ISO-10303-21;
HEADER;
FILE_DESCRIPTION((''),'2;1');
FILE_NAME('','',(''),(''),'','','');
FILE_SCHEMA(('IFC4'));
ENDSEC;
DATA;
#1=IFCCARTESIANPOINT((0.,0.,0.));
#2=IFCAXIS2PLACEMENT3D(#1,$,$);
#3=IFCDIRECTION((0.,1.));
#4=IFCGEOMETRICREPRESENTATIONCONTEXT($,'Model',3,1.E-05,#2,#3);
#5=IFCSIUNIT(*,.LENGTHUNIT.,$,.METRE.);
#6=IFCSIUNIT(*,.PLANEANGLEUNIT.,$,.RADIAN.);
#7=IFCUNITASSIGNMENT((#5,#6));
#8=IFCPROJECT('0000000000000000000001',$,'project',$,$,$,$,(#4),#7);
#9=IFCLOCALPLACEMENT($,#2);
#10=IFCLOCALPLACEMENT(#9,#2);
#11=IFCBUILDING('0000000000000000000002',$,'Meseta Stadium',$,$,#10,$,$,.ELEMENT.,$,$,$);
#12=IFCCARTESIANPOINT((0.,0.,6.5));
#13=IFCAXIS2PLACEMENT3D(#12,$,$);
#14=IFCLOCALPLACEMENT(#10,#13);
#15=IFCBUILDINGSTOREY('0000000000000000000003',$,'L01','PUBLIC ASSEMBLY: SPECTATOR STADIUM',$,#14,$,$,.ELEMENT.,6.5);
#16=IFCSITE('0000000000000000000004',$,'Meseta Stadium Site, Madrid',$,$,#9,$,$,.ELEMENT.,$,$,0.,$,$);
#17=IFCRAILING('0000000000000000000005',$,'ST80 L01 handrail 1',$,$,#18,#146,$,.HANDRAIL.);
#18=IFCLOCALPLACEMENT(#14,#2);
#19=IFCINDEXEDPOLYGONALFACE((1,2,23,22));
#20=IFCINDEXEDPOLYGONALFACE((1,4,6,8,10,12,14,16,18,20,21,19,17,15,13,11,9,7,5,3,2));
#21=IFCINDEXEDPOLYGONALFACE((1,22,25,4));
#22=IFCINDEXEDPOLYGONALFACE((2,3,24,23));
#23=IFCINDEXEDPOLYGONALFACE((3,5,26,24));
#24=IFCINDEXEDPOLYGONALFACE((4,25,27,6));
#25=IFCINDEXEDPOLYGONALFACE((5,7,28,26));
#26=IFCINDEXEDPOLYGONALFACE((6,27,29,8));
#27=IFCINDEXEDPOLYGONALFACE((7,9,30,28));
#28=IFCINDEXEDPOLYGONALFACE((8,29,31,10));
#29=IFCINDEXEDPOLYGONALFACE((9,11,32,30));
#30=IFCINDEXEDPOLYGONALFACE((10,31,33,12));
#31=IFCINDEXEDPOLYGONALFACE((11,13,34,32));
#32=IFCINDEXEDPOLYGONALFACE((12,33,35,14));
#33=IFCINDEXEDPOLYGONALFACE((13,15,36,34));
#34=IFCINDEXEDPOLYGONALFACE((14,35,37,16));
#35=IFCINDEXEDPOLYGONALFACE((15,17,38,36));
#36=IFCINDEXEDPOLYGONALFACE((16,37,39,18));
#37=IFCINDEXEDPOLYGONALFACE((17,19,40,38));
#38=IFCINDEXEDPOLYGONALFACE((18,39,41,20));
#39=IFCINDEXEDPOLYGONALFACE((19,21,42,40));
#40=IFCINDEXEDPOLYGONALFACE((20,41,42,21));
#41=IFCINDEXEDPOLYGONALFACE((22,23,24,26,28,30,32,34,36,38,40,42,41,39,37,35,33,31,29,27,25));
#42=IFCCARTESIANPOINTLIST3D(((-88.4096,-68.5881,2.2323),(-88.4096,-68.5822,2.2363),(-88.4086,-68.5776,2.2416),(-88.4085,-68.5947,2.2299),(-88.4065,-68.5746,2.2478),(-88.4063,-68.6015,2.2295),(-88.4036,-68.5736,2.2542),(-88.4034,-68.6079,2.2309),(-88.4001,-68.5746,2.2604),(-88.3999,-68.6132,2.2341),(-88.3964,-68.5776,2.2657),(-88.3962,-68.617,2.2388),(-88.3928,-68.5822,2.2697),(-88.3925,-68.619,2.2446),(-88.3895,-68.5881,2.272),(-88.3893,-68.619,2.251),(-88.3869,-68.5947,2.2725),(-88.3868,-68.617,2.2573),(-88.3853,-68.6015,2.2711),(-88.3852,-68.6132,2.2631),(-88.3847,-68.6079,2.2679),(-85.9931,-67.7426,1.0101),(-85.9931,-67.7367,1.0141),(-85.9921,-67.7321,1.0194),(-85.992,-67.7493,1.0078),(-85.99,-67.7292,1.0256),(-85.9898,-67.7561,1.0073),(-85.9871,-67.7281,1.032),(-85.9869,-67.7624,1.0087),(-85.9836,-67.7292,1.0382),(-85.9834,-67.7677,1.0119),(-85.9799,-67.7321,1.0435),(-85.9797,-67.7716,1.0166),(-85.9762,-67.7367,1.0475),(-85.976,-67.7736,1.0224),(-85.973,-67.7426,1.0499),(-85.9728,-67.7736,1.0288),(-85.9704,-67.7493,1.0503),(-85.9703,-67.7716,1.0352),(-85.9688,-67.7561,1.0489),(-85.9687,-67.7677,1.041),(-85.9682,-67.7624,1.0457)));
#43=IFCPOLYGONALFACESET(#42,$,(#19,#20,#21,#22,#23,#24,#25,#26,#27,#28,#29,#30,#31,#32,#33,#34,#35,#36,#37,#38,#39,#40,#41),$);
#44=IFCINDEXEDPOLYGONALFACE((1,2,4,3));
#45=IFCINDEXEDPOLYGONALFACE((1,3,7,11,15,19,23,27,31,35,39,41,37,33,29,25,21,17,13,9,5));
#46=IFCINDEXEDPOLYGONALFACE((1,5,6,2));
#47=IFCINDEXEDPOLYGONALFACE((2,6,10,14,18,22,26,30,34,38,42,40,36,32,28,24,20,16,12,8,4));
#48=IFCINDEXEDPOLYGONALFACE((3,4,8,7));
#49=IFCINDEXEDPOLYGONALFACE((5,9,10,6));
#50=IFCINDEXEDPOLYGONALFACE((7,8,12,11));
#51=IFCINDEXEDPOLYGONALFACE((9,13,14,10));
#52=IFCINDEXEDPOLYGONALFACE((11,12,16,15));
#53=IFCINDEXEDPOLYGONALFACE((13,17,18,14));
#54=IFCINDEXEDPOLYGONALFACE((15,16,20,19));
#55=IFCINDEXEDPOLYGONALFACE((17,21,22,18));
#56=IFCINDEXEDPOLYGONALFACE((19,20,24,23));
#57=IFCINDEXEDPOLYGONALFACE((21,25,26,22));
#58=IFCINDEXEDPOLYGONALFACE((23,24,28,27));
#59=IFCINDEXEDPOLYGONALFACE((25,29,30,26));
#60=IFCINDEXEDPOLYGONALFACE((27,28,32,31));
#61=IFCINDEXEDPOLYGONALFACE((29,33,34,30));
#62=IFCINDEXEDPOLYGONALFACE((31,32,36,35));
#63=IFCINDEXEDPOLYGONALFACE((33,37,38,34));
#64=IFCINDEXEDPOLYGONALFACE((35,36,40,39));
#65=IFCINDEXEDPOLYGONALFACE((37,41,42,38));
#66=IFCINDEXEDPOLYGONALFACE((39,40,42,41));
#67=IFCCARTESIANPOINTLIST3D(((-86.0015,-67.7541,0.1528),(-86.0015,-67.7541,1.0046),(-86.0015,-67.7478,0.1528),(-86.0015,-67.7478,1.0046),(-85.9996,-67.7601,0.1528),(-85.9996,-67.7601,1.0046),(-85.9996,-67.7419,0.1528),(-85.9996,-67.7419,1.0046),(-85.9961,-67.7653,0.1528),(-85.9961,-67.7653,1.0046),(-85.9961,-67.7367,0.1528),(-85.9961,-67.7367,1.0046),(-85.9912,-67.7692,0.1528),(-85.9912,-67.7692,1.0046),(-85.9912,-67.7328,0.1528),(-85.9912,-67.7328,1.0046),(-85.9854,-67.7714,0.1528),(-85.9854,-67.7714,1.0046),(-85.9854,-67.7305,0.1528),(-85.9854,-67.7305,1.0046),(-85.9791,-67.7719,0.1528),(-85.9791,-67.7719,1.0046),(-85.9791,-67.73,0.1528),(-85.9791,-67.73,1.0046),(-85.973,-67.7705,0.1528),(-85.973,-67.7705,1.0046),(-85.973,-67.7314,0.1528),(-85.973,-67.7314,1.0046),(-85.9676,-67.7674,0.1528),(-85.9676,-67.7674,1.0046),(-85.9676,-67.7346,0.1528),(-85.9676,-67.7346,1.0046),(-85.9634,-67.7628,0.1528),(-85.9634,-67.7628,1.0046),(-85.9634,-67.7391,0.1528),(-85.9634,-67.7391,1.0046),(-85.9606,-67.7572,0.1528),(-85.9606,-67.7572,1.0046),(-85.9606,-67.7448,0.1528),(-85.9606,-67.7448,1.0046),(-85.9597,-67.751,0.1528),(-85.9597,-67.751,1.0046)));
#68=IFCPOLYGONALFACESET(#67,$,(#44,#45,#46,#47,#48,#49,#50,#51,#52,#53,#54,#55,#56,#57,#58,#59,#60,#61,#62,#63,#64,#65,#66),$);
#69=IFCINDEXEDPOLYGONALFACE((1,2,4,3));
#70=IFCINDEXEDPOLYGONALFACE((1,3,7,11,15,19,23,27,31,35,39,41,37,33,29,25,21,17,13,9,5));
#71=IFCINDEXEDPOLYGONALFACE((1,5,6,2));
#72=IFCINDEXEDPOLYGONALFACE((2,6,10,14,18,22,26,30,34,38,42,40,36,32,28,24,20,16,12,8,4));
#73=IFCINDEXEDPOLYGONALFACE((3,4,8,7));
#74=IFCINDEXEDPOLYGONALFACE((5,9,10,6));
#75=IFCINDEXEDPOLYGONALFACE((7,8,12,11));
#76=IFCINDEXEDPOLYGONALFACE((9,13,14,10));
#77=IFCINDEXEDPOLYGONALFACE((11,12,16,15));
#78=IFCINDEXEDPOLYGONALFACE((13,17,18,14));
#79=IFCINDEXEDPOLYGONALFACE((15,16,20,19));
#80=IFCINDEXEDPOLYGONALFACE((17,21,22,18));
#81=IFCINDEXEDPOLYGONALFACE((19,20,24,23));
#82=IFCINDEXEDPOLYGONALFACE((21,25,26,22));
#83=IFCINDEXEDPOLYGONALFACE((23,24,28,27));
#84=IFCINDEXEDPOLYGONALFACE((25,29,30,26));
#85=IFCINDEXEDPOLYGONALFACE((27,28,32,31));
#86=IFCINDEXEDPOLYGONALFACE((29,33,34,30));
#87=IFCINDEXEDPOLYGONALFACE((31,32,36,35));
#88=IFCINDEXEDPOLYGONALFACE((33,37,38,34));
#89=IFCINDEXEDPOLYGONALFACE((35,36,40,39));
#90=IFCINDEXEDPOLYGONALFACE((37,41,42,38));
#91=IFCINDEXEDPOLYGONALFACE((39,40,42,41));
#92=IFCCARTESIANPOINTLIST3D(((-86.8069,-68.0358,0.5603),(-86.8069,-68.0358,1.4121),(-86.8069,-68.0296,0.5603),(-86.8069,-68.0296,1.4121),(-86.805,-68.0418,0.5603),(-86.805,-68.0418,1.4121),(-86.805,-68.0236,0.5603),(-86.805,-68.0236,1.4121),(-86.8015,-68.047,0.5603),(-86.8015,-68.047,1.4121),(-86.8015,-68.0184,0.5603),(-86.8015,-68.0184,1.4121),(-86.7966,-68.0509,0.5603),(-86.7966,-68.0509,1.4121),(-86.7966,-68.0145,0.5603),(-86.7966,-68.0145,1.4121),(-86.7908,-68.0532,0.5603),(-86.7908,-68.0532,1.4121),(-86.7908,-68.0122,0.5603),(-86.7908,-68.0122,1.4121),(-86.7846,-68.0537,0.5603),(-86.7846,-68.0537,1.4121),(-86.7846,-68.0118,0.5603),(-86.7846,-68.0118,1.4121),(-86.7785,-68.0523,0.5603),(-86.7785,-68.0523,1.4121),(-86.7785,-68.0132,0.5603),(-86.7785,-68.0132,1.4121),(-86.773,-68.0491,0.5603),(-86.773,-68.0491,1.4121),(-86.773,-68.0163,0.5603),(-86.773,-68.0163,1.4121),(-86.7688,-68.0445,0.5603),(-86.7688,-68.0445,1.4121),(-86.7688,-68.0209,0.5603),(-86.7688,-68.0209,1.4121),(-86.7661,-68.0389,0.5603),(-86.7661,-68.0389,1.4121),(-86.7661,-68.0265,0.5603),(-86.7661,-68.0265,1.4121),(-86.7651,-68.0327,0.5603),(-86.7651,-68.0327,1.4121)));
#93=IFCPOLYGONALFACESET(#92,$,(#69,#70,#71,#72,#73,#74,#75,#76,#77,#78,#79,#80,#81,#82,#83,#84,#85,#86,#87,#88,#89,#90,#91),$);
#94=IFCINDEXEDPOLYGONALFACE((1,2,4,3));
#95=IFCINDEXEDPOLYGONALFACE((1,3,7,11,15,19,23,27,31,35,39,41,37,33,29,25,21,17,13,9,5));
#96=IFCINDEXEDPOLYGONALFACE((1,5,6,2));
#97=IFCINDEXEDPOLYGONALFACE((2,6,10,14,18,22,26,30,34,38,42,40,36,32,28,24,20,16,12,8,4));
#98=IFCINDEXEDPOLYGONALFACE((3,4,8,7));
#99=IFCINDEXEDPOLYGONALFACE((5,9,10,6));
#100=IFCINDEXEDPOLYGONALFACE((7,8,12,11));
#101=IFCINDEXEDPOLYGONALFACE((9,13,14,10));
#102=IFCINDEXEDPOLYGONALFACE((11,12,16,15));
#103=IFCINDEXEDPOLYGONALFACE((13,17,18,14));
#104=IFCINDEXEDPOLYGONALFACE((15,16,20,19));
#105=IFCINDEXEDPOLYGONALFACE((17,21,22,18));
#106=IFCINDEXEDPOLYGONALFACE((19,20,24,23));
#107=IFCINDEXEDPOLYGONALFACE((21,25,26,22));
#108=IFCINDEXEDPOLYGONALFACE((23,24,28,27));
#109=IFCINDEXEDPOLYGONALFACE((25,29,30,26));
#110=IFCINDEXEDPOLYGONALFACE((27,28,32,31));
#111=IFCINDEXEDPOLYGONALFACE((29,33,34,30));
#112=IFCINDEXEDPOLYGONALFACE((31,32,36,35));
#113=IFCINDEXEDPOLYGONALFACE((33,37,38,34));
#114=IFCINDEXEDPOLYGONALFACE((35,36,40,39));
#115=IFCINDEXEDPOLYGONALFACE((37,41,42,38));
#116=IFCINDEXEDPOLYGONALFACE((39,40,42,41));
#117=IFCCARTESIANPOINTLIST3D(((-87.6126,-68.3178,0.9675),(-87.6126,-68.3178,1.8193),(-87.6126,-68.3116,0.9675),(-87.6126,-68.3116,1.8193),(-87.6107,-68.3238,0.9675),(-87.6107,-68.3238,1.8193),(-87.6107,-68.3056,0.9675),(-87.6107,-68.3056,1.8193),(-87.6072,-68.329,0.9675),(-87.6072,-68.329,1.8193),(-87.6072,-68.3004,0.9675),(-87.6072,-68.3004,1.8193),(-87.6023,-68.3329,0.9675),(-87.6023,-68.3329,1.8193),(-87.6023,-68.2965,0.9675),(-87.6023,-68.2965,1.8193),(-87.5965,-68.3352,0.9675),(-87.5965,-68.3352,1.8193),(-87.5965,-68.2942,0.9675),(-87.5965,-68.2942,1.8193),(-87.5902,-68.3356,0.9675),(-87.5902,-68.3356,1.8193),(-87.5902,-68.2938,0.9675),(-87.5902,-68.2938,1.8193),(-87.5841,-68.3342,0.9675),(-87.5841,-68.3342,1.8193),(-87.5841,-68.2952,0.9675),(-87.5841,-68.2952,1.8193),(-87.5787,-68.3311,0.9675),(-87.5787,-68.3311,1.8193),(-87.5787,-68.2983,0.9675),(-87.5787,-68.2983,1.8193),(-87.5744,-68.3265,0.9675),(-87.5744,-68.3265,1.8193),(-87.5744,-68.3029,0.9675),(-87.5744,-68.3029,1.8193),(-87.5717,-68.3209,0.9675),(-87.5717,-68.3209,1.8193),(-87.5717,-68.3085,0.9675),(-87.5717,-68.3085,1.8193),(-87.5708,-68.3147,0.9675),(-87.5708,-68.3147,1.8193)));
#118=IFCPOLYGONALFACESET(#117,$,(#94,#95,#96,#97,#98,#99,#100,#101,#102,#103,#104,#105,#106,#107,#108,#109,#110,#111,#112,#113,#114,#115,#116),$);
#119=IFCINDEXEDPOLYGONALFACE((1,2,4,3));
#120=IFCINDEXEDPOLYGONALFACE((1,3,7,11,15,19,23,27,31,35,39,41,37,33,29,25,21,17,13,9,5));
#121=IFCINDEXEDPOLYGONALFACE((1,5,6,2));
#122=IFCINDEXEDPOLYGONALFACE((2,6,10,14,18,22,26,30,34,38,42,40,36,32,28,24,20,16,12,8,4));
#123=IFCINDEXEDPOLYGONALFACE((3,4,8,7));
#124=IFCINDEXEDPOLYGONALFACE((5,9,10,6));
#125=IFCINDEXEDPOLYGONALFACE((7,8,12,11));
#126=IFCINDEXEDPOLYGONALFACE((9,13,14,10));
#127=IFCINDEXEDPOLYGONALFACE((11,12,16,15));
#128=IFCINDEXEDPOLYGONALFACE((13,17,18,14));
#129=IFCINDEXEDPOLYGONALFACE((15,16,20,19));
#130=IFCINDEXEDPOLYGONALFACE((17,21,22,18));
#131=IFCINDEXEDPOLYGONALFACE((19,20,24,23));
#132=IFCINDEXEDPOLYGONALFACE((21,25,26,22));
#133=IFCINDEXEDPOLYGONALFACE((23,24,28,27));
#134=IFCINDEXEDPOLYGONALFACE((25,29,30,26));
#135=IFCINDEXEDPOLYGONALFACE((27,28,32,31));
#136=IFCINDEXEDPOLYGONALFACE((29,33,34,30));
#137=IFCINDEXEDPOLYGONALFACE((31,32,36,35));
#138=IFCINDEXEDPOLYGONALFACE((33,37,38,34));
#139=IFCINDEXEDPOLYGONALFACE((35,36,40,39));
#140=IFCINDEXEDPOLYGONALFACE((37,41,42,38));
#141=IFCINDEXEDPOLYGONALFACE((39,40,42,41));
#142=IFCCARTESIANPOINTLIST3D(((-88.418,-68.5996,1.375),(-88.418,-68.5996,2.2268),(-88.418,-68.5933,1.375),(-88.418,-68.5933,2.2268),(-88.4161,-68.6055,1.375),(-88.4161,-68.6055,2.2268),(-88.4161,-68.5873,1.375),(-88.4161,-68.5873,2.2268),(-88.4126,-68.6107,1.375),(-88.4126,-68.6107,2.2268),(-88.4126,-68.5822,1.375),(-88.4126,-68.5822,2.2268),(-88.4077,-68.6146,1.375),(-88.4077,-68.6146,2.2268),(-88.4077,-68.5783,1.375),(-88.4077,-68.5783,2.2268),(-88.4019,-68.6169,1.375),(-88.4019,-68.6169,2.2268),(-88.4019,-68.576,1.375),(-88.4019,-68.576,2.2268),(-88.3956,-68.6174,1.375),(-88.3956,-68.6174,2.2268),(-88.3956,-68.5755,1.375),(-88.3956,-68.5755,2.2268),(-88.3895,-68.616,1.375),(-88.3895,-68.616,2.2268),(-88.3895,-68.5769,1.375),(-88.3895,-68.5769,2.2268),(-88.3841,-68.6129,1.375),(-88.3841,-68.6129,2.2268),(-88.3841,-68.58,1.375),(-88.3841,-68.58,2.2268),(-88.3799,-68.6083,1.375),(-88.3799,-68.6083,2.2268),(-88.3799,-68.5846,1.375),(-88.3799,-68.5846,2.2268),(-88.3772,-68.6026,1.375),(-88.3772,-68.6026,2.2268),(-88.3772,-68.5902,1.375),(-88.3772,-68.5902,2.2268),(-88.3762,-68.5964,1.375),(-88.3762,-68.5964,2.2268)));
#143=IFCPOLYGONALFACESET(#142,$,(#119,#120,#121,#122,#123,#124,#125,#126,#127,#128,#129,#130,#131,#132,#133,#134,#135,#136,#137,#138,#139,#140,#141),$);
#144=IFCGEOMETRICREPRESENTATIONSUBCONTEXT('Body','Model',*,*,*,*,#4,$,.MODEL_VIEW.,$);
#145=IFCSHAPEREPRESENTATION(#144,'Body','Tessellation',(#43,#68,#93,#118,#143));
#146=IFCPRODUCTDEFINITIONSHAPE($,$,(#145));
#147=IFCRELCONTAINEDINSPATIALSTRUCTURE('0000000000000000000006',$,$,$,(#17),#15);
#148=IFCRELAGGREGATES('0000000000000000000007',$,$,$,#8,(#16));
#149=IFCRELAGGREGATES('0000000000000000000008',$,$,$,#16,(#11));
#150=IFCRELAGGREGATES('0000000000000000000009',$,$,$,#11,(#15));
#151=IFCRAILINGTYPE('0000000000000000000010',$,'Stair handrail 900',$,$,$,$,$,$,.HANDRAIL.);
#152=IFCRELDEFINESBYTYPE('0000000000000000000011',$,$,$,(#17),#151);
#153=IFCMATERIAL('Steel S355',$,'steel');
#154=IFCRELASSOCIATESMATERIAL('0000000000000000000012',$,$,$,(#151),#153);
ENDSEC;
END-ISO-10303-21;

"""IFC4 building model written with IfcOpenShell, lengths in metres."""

from ifc_helpers import new_model, si_unit, direction, frame, origin, origin_2d, place, context, subcontext, project, spatial, circle, extrude, material, type_object, element, save


model = new_model("IFC4")

# Units and contexts
model_context = context("Model", 3, precision=1e-05, world=origin(), true_north=direction((0.0, 1.0)))
body_context = subcontext(model_context, "Body", "Model", "MODEL_VIEW")
ifc_project = project(units=[si_unit("LENGTHUNIT", "METRE"), si_unit("PLANEANGLEUNIT", "RADIAN")], contexts=[model_context])

# Site, building, storey
site_placement = place(None, origin())
site = spatial("IfcSite", under=ifc_project, at=site_placement, Name="Meseta Stadium Site, Madrid", CompositionType="ELEMENT", RefElevation=0.0)
building_placement = place(site_placement, origin())
building = spatial("IfcBuilding", under=site, at=building_placement, Name="Meseta Stadium", CompositionType="ELEMENT")
storey_placement = place(building_placement, frame((0.0, 0.0, 6.5)))
storey = spatial("IfcBuildingStorey", under=building, at=storey_placement, Name="L01", Description="PUBLIC ASSEMBLY: SPECTATOR STADIUM", CompositionType="ELEMENT", Elevation=6.5)

# Railing
ifc_material_1 = material(Name="Steel S355", Category="steel")
railing_type_1 = type_object("IfcRailingType", Name="Stair handrail 900", PredefinedType="HANDRAIL", material=ifc_material_1)
railing_1_placement = place(storey_placement, frame((-85.9807, -67.751, 0.1528)))
element("IfcRailing", 1, at=railing_1_placement, inside=storey, type_object=railing_type_1, Name="ST80 L01 handrail 1", PredefinedType="HANDRAIL", context=body_context, shape_type="SweptSolid", body=[
    extrude(circle(Radius=0.0239, at=origin_2d()), frame((0.0, 0.0, 0.876), z_axis=(-0.851812, -0.298022, 0.430811), x_axis=(0.33024, -0.943897, 0.0)), (0.0, 0.0, 1.0), 2.8369),
    extrude(circle(Radius=0.021, at=origin_2d()), origin(), (0.0, 0.0, 1.0), 0.8518),
    extrude(circle(Radius=0.021, at=origin_2d()), frame((-0.8054, -0.2817, 0.4075)), (0.0, 0.0, 1.0), 0.8518),
    extrude(circle(Radius=0.021, at=origin_2d()), frame((-1.6111, -0.5637, 0.8147)), (0.0, 0.0, 1.0), 0.8518),
    extrude(circle(Radius=0.021, at=origin_2d()), frame((-2.4165, -0.8455, 1.2222)), (0.0, 0.0, 1.0), 0.8518),
])

save(model, "model.ifc")
